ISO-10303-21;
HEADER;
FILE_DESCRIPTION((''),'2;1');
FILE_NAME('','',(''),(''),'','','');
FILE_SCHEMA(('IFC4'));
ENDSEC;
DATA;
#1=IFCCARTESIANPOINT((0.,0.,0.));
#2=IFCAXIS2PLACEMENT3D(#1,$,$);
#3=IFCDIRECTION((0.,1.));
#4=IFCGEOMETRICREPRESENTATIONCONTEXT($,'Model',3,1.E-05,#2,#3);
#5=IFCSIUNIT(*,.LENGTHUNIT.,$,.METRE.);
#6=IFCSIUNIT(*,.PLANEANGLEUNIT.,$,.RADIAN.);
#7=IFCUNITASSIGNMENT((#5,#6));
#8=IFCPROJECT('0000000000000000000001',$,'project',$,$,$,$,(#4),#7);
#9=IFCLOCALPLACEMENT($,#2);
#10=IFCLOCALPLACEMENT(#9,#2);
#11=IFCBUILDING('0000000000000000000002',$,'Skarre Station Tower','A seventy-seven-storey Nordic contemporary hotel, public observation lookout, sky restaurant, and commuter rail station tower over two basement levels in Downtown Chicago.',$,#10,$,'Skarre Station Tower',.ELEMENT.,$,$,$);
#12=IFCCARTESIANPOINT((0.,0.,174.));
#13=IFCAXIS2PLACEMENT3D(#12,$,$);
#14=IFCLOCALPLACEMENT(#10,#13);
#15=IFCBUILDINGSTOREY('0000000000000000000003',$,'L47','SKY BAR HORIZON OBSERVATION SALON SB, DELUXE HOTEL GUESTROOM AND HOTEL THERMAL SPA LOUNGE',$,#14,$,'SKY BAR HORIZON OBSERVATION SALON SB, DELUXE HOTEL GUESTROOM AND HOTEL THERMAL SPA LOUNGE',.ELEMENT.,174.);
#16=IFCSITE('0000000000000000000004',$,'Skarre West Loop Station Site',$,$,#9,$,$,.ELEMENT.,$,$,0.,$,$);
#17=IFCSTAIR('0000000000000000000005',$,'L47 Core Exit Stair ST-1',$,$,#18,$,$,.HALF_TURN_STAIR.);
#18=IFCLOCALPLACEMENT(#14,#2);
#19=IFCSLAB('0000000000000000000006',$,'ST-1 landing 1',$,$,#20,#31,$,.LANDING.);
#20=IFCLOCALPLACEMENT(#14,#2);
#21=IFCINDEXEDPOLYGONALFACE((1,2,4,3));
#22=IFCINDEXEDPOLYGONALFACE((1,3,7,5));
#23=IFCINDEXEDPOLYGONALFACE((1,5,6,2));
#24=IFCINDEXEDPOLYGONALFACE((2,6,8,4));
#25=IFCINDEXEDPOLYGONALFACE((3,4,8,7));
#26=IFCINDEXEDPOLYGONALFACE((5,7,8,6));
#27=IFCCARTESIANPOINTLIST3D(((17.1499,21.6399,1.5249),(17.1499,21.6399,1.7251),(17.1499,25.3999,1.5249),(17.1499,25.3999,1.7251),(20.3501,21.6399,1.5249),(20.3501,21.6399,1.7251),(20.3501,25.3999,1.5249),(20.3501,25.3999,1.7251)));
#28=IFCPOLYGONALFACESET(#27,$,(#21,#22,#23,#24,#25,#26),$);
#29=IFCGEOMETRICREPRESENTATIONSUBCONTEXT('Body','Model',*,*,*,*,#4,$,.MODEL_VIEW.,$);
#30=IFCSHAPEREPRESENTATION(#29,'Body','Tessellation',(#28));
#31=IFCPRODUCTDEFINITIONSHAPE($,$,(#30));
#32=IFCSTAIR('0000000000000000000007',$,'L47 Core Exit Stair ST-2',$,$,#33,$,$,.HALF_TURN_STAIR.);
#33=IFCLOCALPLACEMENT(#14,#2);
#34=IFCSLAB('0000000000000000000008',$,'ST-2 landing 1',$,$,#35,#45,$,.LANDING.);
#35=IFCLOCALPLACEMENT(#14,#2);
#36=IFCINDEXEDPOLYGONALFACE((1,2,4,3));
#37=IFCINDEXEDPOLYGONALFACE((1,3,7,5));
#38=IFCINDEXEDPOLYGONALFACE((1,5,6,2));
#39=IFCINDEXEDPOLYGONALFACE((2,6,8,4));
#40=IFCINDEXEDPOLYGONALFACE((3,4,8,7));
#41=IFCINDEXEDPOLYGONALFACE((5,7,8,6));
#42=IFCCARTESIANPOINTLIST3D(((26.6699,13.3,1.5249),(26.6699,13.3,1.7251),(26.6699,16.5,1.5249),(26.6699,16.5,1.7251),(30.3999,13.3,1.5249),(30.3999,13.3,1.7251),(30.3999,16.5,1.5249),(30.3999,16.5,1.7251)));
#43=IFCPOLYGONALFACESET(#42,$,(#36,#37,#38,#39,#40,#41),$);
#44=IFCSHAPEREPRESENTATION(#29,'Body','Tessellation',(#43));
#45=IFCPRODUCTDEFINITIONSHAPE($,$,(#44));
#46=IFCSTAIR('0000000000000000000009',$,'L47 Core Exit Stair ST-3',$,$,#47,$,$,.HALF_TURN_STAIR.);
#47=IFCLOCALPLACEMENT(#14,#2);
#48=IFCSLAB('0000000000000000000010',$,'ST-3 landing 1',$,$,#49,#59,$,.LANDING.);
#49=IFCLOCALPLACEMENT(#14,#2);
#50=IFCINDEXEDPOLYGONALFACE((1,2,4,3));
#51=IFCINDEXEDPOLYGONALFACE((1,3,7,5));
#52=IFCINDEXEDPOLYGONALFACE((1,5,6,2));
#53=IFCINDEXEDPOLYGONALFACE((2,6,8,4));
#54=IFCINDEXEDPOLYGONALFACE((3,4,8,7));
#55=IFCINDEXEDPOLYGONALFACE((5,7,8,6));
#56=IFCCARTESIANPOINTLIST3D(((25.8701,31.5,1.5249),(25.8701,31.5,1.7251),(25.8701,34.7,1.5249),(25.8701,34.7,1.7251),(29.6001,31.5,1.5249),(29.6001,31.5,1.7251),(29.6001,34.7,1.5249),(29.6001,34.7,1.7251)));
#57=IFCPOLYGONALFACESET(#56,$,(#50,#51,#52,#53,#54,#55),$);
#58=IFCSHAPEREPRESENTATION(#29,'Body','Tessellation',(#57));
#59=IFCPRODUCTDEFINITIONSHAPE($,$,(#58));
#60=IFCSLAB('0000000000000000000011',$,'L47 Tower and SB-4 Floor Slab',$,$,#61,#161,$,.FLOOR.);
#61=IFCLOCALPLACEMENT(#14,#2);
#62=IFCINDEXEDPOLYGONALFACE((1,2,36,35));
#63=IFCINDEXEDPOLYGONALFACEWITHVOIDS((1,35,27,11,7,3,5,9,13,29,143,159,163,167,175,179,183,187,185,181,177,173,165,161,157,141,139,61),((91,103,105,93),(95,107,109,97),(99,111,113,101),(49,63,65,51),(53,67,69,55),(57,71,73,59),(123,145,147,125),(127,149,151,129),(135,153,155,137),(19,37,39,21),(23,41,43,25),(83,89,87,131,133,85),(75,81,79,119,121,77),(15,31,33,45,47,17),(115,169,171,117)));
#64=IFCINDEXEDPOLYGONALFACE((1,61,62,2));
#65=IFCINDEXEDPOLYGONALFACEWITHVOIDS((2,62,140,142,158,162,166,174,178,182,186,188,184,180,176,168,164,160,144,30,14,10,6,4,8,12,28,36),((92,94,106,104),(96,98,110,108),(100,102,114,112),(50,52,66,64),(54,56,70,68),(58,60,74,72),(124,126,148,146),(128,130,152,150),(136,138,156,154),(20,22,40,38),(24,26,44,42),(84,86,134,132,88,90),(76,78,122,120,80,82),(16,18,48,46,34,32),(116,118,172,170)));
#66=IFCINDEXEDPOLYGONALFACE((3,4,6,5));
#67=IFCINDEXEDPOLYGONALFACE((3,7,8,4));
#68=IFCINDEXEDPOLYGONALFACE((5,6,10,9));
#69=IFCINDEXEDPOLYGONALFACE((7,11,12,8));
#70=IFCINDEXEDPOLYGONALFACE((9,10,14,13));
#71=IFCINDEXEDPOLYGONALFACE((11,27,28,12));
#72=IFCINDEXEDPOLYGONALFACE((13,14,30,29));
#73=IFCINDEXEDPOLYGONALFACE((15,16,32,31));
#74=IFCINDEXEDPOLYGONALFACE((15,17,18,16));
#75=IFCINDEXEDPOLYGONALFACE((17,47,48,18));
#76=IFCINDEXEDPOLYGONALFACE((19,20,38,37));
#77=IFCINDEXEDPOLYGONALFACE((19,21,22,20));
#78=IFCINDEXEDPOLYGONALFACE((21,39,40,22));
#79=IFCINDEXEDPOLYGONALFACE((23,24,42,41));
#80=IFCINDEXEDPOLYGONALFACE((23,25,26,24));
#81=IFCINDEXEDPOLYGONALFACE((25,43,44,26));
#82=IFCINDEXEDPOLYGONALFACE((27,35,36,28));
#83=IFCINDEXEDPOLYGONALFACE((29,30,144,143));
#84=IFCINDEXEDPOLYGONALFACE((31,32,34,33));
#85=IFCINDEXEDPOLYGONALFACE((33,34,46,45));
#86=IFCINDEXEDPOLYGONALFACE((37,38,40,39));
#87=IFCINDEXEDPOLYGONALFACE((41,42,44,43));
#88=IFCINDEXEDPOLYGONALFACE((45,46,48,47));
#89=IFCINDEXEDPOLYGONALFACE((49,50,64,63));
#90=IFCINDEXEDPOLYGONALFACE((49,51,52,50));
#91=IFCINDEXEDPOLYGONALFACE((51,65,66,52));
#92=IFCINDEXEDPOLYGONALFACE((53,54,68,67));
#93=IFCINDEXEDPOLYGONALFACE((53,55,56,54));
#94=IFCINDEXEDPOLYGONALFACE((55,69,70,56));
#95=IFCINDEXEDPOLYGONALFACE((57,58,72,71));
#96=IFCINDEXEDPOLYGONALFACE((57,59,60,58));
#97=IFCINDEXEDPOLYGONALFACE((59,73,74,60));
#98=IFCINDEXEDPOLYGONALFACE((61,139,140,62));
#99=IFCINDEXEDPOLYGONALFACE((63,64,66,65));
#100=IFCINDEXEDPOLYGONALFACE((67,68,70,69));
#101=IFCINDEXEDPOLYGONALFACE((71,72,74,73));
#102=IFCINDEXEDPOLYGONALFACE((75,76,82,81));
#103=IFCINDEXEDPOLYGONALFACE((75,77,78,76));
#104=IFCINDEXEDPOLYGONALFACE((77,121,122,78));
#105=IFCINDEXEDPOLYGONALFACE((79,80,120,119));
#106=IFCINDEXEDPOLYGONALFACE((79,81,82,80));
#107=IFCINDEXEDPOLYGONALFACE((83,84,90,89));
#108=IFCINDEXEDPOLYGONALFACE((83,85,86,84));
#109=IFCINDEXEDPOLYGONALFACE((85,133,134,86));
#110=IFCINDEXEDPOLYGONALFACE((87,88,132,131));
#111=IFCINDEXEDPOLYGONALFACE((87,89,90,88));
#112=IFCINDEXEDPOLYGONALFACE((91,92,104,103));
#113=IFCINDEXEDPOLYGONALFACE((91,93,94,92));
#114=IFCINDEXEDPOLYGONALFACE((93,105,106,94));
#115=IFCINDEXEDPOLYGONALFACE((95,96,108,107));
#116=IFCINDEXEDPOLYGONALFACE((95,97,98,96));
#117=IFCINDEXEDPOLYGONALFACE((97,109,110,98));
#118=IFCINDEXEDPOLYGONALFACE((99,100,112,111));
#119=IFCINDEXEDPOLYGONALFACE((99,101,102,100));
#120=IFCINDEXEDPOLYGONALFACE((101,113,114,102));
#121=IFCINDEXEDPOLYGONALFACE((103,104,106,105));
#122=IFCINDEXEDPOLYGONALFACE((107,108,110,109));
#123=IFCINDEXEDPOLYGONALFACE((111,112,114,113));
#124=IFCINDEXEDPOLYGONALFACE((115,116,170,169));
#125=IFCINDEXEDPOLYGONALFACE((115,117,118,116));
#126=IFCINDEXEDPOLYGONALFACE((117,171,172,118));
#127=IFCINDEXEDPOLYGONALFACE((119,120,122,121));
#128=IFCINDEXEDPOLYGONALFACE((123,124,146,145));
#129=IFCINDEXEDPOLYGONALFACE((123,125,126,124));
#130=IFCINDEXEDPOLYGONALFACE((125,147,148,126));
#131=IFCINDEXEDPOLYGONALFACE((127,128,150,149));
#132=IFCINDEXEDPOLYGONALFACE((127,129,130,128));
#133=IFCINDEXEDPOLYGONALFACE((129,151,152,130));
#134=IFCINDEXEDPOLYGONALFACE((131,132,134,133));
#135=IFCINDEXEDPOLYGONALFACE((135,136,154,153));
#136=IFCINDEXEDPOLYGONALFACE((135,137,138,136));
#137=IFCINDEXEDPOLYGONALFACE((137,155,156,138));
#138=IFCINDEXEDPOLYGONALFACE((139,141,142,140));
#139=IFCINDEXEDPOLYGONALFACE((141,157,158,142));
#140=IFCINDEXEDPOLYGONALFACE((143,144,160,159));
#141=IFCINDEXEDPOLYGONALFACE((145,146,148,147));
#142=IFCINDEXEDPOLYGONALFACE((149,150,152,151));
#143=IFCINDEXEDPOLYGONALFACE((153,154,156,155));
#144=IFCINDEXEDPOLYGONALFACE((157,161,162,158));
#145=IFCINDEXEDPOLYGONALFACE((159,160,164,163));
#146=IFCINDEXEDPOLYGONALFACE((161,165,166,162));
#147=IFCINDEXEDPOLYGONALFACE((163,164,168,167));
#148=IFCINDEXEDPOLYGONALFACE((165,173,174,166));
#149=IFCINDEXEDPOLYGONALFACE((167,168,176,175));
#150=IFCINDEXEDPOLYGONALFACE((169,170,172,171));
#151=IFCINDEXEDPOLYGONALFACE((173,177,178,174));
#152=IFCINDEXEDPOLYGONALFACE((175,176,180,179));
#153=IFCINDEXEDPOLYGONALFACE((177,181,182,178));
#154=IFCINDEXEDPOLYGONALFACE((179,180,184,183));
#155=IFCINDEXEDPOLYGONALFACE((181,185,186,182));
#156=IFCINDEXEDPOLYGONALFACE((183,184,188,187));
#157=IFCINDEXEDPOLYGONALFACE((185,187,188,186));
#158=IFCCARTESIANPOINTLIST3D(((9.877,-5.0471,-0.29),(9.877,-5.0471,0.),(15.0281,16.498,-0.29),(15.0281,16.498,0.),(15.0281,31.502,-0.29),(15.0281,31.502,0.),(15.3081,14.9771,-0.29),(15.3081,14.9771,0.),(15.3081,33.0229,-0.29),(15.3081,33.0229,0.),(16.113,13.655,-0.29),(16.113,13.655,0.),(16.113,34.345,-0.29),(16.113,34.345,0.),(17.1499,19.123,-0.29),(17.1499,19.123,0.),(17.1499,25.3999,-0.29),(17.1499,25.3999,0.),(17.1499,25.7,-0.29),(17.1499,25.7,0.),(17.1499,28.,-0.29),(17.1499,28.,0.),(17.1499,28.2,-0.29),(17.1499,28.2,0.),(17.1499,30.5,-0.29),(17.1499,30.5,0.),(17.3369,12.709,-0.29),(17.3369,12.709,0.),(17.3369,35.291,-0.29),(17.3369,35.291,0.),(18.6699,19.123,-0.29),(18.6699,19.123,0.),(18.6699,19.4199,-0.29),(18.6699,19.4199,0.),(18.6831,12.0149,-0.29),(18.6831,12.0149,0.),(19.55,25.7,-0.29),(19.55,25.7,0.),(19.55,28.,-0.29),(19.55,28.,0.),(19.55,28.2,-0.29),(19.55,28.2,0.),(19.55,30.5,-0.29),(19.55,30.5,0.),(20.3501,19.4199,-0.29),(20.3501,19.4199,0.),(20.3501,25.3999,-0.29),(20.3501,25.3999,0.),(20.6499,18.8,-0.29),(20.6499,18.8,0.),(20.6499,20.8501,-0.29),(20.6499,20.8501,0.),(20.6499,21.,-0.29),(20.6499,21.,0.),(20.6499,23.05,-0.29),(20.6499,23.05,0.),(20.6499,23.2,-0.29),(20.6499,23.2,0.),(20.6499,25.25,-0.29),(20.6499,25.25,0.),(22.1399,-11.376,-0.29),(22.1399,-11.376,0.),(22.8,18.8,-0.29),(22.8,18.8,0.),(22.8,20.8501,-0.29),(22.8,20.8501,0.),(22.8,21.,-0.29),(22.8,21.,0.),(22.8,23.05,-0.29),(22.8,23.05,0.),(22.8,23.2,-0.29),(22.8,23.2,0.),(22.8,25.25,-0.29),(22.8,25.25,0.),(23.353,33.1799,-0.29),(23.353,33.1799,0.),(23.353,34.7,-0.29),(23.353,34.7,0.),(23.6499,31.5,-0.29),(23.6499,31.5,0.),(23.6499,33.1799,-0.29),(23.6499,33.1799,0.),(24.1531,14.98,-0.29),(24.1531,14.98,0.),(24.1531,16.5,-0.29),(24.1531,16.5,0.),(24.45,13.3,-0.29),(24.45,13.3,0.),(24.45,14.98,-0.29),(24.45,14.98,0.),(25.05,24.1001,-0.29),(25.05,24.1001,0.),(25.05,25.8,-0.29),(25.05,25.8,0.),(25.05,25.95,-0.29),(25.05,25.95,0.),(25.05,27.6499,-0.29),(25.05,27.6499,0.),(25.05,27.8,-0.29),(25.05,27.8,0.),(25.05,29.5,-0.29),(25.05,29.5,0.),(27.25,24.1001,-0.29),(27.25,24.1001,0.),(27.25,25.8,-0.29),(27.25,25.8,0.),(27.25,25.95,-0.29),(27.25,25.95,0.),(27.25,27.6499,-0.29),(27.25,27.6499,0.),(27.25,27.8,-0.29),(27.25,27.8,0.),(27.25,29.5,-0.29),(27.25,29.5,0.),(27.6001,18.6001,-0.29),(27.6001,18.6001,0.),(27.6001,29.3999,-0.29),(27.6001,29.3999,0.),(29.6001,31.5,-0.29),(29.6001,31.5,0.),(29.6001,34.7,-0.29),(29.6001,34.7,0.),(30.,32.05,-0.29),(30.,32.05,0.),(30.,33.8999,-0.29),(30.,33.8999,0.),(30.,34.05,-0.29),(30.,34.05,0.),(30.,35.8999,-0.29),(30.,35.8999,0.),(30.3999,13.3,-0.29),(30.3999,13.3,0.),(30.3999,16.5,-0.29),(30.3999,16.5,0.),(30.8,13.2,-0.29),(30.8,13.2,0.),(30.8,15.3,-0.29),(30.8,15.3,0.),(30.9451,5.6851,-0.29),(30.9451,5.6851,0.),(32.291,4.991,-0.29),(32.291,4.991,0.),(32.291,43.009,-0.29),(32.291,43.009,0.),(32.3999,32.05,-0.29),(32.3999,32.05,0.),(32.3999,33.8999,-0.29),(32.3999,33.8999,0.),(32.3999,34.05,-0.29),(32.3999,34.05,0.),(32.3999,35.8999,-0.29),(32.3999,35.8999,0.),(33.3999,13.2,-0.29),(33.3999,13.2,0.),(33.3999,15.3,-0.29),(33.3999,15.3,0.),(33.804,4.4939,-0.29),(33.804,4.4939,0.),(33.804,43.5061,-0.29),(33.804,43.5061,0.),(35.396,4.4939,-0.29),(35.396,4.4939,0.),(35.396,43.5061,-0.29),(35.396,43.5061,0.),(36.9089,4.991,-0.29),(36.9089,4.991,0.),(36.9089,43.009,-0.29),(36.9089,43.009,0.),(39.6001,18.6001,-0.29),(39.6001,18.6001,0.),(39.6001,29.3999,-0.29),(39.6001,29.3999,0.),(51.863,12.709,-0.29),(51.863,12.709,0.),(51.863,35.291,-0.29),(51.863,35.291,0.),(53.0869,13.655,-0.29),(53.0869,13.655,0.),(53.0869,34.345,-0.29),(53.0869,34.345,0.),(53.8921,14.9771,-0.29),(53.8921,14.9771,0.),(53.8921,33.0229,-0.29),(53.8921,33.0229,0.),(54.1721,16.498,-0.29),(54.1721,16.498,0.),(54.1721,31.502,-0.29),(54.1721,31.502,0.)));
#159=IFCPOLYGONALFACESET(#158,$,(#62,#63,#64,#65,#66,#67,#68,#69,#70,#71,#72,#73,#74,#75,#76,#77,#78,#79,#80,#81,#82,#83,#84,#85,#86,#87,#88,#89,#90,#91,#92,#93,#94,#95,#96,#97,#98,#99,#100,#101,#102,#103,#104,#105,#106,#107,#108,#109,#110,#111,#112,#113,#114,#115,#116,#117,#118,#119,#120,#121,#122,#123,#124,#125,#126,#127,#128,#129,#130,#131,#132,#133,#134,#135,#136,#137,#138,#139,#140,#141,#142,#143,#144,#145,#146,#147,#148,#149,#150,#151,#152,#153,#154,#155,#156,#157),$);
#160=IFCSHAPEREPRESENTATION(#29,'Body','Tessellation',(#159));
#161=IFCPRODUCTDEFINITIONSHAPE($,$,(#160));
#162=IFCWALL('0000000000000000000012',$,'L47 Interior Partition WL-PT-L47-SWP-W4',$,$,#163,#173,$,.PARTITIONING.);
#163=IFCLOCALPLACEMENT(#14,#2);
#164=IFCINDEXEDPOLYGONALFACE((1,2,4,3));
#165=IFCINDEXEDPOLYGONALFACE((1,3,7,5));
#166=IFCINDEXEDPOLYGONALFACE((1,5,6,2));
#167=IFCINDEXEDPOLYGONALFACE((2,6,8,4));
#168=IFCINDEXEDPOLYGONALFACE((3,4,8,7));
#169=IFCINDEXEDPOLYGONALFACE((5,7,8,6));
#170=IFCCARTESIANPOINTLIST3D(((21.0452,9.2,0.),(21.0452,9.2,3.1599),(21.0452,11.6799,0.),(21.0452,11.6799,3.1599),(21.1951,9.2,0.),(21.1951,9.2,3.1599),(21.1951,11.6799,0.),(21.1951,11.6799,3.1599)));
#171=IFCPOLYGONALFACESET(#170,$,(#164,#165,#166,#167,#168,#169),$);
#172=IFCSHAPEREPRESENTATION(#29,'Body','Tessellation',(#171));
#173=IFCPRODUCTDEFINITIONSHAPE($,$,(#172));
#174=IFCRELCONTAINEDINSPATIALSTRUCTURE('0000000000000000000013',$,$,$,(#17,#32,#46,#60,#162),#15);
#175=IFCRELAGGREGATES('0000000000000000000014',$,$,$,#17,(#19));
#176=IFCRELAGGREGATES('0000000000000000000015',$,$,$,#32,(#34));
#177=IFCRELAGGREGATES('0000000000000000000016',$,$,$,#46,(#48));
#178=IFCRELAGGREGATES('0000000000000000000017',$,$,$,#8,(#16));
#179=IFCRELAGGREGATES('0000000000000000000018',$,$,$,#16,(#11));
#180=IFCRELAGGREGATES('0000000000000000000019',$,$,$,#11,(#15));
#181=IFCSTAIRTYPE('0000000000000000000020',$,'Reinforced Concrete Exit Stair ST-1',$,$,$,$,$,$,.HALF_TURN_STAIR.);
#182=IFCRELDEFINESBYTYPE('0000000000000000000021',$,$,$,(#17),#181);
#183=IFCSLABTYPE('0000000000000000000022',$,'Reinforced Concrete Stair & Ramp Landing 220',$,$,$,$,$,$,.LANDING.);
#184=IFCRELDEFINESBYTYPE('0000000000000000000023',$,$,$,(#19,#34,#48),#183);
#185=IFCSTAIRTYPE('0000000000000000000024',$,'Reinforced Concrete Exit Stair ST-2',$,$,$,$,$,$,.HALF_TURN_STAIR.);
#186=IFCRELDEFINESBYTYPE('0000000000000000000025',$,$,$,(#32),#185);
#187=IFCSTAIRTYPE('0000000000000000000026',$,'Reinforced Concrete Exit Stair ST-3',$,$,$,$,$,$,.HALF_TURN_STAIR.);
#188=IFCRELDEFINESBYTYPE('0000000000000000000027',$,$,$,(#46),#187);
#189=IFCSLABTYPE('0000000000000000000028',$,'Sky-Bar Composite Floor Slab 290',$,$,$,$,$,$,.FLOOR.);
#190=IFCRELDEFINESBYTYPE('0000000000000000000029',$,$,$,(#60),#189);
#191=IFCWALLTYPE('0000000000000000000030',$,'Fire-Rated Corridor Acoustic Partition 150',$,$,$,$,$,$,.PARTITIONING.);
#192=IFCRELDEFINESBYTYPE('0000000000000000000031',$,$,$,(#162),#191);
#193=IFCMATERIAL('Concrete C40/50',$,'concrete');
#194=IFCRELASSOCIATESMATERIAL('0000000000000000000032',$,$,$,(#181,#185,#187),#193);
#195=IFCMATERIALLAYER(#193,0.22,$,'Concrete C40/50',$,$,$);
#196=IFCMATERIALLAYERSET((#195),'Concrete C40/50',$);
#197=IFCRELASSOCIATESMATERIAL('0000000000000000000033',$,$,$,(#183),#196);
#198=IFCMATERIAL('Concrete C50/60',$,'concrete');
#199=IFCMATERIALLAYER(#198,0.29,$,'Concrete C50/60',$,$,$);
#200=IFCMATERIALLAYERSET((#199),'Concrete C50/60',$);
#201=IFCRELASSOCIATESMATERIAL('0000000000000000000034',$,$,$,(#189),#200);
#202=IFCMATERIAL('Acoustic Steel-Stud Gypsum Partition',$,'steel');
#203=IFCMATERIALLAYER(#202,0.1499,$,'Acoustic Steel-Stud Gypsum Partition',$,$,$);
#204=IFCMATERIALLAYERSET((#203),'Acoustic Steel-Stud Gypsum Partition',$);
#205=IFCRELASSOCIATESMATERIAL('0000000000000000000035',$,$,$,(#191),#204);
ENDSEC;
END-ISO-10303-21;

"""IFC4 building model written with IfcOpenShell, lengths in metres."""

from ifc_helpers import new_model, si_unit, direction, frame, frame_2d, origin, place, context, subcontext, project, spatial, polyline, rectangle, outline, extrude, material, layer, layer_set, type_object, element, aggregate, save


model = new_model("IFC4")

# Units and contexts
model_context = context("Model", 3, precision=1e-05, world=origin(), true_north=direction((0.0, 1.0)))
body_context = subcontext(model_context, "Body", "Model", "MODEL_VIEW")
ifc_project = project(units=[si_unit("LENGTHUNIT", "METRE"), si_unit("PLANEANGLEUNIT", "RADIAN")], contexts=[model_context])

# Site, building, storey
site_placement = place(None, origin())
site = spatial("IfcSite", under=ifc_project, at=site_placement, Name="Skarre West Loop Station Site", CompositionType="ELEMENT", RefElevation=0.0)
building_placement = place(site_placement, origin())
building = spatial("IfcBuilding", under=site, at=building_placement, Name="Skarre Station Tower", Description="A seventy-seven-storey Nordic contemporary hotel, public observation lookout, sky restaurant, and commuter rail station tower over two basement levels in Downtown Chicago.", LongName="Skarre Station Tower", CompositionType="ELEMENT")
storey_placement = place(building_placement, frame((0.0, 0.0, 174.0)))
storey = spatial("IfcBuildingStorey", under=building, at=storey_placement, Name="L47", Description="SKY BAR HORIZON OBSERVATION SALON SB, DELUXE HOTEL GUESTROOM AND HOTEL THERMAL SPA LOUNGE", LongName="SKY BAR HORIZON OBSERVATION SALON SB, DELUXE HOTEL GUESTROOM AND HOTEL THERMAL SPA LOUNGE", CompositionType="ELEMENT", Elevation=174.0)

# Stairs, slabs
ifc_material_1 = material(Name="Concrete C40/50", Category="concrete")
stair_type_1 = type_object("IfcStairType", Name="Reinforced Concrete Exit Stair ST-1", PredefinedType="HALF_TURN_STAIR", material=ifc_material_1)
stair_1_placement = place(storey_placement, origin())
stair_1 = element("IfcStair", 1, at=stair_1_placement, inside=storey, type_object=stair_type_1, Name="L47 Core Exit Stair ST-1", PredefinedType="HALF_TURN_STAIR")
ifc_layer_1 = layer(ifc_material_1, 0.22, Name="Concrete C40/50")
ifc_layer_set_1 = layer_set([ifc_layer_1], Name="Concrete C40/50")
slab_type_1 = type_object("IfcSlabType", Name="Reinforced Concrete Stair & Ramp Landing 220", PredefinedType="LANDING", material=ifc_layer_set_1)
slab_1_placement = place(storey_placement, frame((0.0, 0.0, 1.5249)))
slab_1 = element("IfcSlab", 2, at=slab_1_placement, type_object=slab_type_1, Name="ST-1 landing 1", PredefinedType="LANDING", context=body_context, shape_type="SweptSolid", body=[
    extrude(outline(polyline([(20.3501, 21.6399), (20.3501, 25.3999), (17.1499, 25.3999), (17.1499, 21.6399), (20.3501, 21.6399)])), origin(), (0.0, 0.0, 1.0), 0.2002),
])
aggregate(stair_1, [slab_1])
stair_type_2 = type_object("IfcStairType", Name="Reinforced Concrete Exit Stair ST-2", PredefinedType="HALF_TURN_STAIR", material=ifc_material_1)
stair_2_placement = place(storey_placement, origin())
stair_2 = element("IfcStair", 3, at=stair_2_placement, inside=storey, type_object=stair_type_2, Name="L47 Core Exit Stair ST-2", PredefinedType="HALF_TURN_STAIR")
slab_2_placement = place(storey_placement, frame((0.0, 0.0, 1.5249)))
slab_2 = element("IfcSlab", 4, at=slab_2_placement, type_object=slab_type_1, Name="ST-2 landing 1", PredefinedType="LANDING", context=body_context, shape_type="SweptSolid", body=[
    extrude(outline(polyline([(26.6699, 13.3), (30.3999, 13.3), (30.3999, 16.5), (26.6699, 16.5), (26.6699, 13.3)])), origin(), (0.0, 0.0, 1.0), 0.2002),
])
aggregate(stair_2, [slab_2])
stair_type_3 = type_object("IfcStairType", Name="Reinforced Concrete Exit Stair ST-3", PredefinedType="HALF_TURN_STAIR", material=ifc_material_1)
stair_3_placement = place(storey_placement, origin())
stair_3 = element("IfcStair", 5, at=stair_3_placement, inside=storey, type_object=stair_type_3, Name="L47 Core Exit Stair ST-3", PredefinedType="HALF_TURN_STAIR")
slab_3_placement = place(storey_placement, frame((0.0, 0.0, 1.5249)))
slab_3 = element("IfcSlab", 6, at=slab_3_placement, type_object=slab_type_1, Name="ST-3 landing 1", PredefinedType="LANDING", context=body_context, shape_type="SweptSolid", body=[
    extrude(outline(polyline([(25.8701, 31.5), (29.6001, 31.5), (29.6001, 34.7), (25.8701, 34.7), (25.8701, 31.5)])), origin(), (0.0, 0.0, 1.0), 0.2002),
])
aggregate(stair_3, [slab_3])

# Slab
ifc_material_2 = material(Name="Concrete C50/60", Category="concrete")
ifc_layer_2 = layer(ifc_material_2, 0.29, Name="Concrete C50/60")
ifc_layer_set_2 = layer_set([ifc_layer_2], Name="Concrete C50/60")
slab_type_2 = type_object("IfcSlabType", Name="Sky-Bar Composite Floor Slab 290", PredefinedType="FLOOR", material=ifc_layer_set_2)
slab_4_placement = place(storey_placement, frame((0.0, 0.0, -0.29)))
element("IfcSlab", 7, at=slab_4_placement, inside=storey, type_object=slab_type_2, Name="L47 Tower and SB-4 Floor Slab", PredefinedType="FLOOR", context=body_context, shape_type="SweptSolid", body=[
    extrude(outline(polyline([(30.9451, 5.6851), (32.291, 4.991), (33.804, 4.4939), (35.396, 4.4939), (36.9089, 4.991), (51.863, 12.709), (53.0869, 13.655), (53.8921, 14.9771), (54.1721, 16.498), (54.1721, 31.502), (53.8921, 33.0229), (53.0869, 34.345), (51.863, 35.291), (36.9089, 43.009), (35.396, 43.5061), (33.804, 43.5061), (32.291, 43.009), (17.3369, 35.291), (16.113, 34.345), (15.3081, 33.0229), (15.0281, 31.502), (15.0281, 16.498), (15.3081, 14.9771), (16.113, 13.655), (17.3369, 12.709), (18.6831, 12.0149), (9.877, -5.0471), (22.1399, -11.376), (30.9451, 5.6851)]), holes=[polyline([(18.6699, 19.4199), (18.6699, 19.123), (17.1499, 19.123), (17.1499, 25.3999), (20.3501, 25.3999), (20.3501, 19.4199), (18.6699, 19.4199)]), polyline([(24.45, 14.98), (24.1531, 14.98), (24.1531, 16.5), (30.3999, 16.5), (30.3999, 13.3), (24.45, 13.3), (24.45, 14.98)]), polyline([(23.6499, 33.1799), (23.353, 33.1799), (23.353, 34.7), (29.6001, 34.7), (29.6001, 31.5), (23.6499, 31.5), (23.6499, 33.1799)]), polyline([(17.1499, 28.0), (19.55, 28.0), (19.55, 25.7), (17.1499, 25.7), (17.1499, 28.0)]), polyline([(17.1499, 30.5), (19.55, 30.5), (19.55, 28.2), (17.1499, 28.2), (17.1499, 30.5)]), polyline([(30.8, 15.3), (33.3999, 15.3), (33.3999, 13.2), (30.8, 13.2), (30.8, 15.3)]), polyline([(25.05, 25.8), (27.25, 25.8), (27.25, 24.1001), (25.05, 24.1001), (25.05, 25.8)]), polyline([(25.05, 27.6499), (27.25, 27.6499), (27.25, 25.95), (25.05, 25.95), (25.05, 27.6499)]), polyline([(25.05, 29.5), (27.25, 29.5), (27.25, 27.8), (25.05, 27.8), (25.05, 29.5)]), polyline([(20.6499, 20.8501), (22.8, 20.8501), (22.8, 18.8), (20.6499, 18.8), (20.6499, 20.8501)]), polyline([(20.6499, 23.05), (22.8, 23.05), (22.8, 21.0), (20.6499, 21.0), (20.6499, 23.05)]), polyline([(20.6499, 25.25), (22.8, 25.25), (22.8, 23.2), (20.6499, 23.2), (20.6499, 25.25)]), polyline([(30.0, 33.8999), (32.3999, 33.8999), (32.3999, 32.05), (30.0, 32.05), (30.0, 33.8999)]), polyline([(30.0, 35.8999), (32.3999, 35.8999), (32.3999, 34.05), (30.0, 34.05), (30.0, 35.8999)]), polyline([(27.6001, 29.3999), (39.6001, 29.3999), (39.6001, 18.6001), (27.6001, 18.6001), (27.6001, 29.3999)])]), origin(), (0.0, 0.0, 1.0), 0.29),
])

# Wall
ifc_material_3 = material(Name="Acoustic Steel-Stud Gypsum Partition", Category="steel")
ifc_layer_3 = layer(ifc_material_3, 0.1499, Name="Acoustic Steel-Stud Gypsum Partition")
ifc_layer_set_3 = layer_set([ifc_layer_3], Name="Acoustic Steel-Stud Gypsum Partition")
wall_type_1 = type_object("IfcWallType", Name="Fire-Rated Corridor Acoustic Partition 150", PredefinedType="PARTITIONING", material=ifc_layer_set_3)
wall_1_placement = place(storey_placement, frame((21.1201, 9.2, 0.0), z_axis=(0.0, 0.0, 1.0), x_axis=(0.0, 1.0, 0.0)))
element("IfcWall", 8, at=wall_1_placement, inside=storey, type_object=wall_type_1, Name="L47 Interior Partition WL-PT-L47-SWP-W4", PredefinedType="PARTITIONING", context=body_context, shape_type="SweptSolid", body=[
    extrude(rectangle(XDim=2.48, YDim=0.1499, at=frame_2d((1.24, 0.0))), origin(), (0.0, 0.0, 1.0), 3.1599),
])

save(model, "model.ifc")
